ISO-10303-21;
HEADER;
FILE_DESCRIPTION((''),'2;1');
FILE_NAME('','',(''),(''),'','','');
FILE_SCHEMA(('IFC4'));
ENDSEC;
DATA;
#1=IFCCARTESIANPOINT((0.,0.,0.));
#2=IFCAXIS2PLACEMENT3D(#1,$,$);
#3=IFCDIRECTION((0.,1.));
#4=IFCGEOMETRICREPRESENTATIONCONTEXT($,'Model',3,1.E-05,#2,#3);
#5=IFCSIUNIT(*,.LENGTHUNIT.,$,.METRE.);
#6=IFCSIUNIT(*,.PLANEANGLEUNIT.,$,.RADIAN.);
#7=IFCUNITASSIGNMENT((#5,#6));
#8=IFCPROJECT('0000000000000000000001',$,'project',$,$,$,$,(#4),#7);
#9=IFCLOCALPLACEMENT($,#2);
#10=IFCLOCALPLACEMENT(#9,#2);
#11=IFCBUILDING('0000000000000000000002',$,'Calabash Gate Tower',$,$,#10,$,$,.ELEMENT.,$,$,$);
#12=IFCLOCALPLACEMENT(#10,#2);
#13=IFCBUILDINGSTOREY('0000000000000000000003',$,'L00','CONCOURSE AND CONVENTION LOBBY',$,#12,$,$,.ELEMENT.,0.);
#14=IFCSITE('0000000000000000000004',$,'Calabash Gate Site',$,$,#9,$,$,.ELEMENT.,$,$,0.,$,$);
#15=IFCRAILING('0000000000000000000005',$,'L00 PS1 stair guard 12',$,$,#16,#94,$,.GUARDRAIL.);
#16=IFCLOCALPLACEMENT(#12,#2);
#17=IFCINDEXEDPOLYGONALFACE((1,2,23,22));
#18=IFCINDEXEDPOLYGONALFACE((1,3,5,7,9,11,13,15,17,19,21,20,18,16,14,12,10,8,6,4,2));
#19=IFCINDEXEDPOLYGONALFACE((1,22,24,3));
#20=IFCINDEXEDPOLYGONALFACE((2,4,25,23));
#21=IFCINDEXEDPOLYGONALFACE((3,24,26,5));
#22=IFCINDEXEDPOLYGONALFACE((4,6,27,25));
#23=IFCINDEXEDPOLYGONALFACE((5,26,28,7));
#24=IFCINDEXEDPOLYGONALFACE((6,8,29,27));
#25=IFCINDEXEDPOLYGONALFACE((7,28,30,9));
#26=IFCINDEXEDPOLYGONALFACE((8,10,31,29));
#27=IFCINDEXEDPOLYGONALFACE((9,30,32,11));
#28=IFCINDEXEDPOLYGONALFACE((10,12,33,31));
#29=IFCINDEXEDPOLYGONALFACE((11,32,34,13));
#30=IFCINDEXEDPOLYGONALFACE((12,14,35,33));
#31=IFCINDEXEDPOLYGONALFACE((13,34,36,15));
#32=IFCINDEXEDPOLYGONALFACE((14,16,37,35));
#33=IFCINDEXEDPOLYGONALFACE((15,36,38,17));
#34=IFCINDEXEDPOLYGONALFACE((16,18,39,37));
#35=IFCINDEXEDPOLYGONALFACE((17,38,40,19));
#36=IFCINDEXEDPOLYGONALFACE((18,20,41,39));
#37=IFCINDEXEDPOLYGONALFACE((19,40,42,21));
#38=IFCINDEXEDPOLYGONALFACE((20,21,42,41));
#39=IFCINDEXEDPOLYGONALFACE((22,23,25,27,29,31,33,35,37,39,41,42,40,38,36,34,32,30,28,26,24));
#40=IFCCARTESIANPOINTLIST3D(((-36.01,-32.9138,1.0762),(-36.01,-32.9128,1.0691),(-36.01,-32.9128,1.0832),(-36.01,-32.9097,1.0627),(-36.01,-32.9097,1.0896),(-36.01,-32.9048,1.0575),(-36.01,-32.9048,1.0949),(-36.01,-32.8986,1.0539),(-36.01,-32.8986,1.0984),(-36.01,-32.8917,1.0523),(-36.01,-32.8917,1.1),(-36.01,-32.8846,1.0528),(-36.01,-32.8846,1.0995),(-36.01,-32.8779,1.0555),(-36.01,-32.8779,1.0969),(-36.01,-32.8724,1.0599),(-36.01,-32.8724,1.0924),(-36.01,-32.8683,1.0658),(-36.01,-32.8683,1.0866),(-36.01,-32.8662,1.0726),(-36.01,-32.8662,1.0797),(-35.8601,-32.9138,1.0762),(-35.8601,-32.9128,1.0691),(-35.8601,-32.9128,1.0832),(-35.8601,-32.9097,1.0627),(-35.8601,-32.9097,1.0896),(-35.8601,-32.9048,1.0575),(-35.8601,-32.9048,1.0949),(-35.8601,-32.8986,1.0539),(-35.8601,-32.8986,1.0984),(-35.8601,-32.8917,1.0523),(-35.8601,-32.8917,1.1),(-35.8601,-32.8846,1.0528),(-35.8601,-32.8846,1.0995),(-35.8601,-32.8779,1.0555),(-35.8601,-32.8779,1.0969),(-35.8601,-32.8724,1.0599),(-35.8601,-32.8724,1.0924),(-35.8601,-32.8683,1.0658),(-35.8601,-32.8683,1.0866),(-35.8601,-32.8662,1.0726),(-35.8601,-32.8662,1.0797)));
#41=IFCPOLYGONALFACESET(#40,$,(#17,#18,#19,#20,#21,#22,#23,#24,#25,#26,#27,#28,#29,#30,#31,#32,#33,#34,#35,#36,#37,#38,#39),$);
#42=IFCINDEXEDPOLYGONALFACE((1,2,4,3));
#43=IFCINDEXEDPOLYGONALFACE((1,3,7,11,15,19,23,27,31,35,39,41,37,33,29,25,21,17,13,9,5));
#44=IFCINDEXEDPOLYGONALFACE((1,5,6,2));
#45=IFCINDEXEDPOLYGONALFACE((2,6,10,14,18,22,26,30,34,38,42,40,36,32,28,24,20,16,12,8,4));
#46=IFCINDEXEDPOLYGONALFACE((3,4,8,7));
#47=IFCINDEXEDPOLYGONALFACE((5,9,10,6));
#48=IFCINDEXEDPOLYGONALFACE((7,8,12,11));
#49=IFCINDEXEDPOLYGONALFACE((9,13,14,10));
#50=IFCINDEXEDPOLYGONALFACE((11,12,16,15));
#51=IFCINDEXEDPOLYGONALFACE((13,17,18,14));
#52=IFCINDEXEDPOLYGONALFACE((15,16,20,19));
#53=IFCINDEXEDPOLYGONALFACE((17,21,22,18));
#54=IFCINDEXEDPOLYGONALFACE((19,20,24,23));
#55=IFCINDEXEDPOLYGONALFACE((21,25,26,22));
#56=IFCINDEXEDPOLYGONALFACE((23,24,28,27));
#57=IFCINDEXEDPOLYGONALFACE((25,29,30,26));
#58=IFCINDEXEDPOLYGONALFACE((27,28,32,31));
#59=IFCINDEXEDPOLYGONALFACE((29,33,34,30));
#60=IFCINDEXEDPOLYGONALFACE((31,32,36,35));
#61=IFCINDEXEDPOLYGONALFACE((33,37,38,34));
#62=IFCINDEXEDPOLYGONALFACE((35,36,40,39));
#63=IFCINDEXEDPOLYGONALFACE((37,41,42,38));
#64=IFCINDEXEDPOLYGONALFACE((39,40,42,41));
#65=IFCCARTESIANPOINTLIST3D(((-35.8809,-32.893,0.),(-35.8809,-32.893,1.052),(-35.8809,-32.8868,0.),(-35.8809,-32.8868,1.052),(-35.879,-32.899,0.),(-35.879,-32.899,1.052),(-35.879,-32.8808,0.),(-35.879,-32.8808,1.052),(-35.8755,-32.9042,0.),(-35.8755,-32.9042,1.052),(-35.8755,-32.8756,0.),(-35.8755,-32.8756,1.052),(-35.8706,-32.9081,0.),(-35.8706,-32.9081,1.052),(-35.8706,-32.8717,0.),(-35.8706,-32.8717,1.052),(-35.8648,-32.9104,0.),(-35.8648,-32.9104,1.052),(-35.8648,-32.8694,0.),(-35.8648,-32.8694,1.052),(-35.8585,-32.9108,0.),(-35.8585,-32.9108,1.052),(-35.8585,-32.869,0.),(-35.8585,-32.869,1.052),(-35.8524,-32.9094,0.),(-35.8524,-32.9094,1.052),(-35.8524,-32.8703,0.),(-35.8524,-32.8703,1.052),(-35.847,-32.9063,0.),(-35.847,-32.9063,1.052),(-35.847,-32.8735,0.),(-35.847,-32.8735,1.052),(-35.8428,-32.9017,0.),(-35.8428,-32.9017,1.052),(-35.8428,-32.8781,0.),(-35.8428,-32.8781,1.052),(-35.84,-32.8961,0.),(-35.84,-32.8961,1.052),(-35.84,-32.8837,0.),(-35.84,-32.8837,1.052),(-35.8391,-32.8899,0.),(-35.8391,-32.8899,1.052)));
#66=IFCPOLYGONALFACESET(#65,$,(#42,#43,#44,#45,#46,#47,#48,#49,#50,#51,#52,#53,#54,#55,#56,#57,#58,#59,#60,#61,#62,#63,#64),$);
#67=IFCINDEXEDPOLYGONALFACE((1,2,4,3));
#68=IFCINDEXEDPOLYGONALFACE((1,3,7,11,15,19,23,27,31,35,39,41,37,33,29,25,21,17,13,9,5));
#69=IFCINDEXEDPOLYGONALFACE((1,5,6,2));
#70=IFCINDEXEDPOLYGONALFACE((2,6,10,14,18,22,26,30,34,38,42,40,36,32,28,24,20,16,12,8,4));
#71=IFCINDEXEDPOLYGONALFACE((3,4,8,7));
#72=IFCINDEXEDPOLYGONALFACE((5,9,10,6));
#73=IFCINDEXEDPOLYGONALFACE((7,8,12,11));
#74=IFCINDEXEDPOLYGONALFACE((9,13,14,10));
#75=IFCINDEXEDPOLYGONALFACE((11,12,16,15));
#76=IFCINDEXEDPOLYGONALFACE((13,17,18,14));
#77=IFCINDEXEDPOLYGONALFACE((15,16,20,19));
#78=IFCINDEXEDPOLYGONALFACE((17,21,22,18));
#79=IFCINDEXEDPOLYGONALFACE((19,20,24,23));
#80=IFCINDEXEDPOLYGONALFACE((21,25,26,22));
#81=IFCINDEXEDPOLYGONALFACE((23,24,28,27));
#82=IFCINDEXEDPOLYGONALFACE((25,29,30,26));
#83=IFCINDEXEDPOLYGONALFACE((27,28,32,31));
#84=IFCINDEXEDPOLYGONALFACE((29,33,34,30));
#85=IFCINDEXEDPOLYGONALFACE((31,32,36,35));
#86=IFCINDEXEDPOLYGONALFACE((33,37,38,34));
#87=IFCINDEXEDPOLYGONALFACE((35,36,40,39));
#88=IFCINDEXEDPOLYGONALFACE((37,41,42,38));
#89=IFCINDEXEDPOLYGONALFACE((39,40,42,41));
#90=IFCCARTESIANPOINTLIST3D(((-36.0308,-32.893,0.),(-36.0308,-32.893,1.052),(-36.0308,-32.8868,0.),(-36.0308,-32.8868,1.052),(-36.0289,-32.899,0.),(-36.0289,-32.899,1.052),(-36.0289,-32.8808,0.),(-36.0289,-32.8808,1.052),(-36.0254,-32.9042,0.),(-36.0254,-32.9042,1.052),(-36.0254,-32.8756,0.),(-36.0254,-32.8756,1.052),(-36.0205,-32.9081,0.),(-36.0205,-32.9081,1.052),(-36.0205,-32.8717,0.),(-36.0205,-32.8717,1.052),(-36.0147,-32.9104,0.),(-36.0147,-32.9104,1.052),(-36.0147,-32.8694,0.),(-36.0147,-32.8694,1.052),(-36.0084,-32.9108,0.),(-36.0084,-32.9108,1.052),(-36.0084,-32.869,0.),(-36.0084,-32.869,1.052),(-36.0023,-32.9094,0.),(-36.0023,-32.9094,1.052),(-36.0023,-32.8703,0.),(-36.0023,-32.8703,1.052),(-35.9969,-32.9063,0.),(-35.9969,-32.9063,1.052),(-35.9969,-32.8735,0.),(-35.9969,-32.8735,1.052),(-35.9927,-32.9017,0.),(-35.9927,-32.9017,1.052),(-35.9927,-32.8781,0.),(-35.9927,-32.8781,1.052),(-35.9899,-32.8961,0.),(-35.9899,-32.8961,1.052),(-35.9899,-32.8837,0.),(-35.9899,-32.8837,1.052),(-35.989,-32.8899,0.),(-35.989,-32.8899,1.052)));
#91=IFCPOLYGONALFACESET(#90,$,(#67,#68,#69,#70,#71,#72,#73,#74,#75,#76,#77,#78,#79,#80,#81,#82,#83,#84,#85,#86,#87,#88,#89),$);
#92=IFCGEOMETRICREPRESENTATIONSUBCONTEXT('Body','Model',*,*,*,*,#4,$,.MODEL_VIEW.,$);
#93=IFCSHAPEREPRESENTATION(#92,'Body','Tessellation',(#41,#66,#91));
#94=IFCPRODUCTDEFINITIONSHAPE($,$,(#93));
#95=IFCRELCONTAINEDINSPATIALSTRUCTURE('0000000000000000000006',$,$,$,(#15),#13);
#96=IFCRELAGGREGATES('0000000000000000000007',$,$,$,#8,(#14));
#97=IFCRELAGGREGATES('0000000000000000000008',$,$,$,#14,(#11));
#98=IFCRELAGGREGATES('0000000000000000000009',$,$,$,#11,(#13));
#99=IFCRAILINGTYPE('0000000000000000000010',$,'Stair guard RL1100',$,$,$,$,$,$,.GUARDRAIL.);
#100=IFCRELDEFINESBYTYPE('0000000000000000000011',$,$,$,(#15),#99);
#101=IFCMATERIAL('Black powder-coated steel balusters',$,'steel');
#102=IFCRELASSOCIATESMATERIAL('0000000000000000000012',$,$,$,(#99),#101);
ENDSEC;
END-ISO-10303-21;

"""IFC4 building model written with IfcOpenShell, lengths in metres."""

from ifc_helpers import new_model, si_unit, direction, frame, origin, origin_2d, place, context, subcontext, project, spatial, circle, extrude, material, type_object, element, save


model = new_model("IFC4")

# Units and contexts
model_context = context("Model", 3, precision=1e-05, world=origin(), true_north=direction((0.0, 1.0)))
body_context = subcontext(model_context, "Body", "Model", "MODEL_VIEW")
ifc_project = project(units=[si_unit("LENGTHUNIT", "METRE"), si_unit("PLANEANGLEUNIT", "RADIAN")], contexts=[model_context])

# Site, building, storey
site_placement = place(None, origin())
site = spatial("IfcSite", under=ifc_project, at=site_placement, Name="Calabash Gate Site", CompositionType="ELEMENT", RefElevation=0.0)
building_placement = place(site_placement, origin())
building = spatial("IfcBuilding", under=site, at=building_placement, Name="Calabash Gate Tower", CompositionType="ELEMENT")
storey_placement = place(building_placement, origin())
storey = spatial("IfcBuildingStorey", under=building, at=storey_placement, Name="L00", Description="CONCOURSE AND CONVENTION LOBBY", CompositionType="ELEMENT", Elevation=0.0)

# Railing
ifc_material_1 = material(Name="Black powder-coated steel balusters", Category="steel")
railing_type_1 = type_object("IfcRailingType", Name="Stair guard RL1100", PredefinedType="GUARDRAIL", material=ifc_material_1)
railing_1_placement = place(storey_placement, frame((-35.8601, -32.8899, 0.0)))
element("IfcRailing", 1, at=railing_1_placement, inside=storey, type_object=railing_type_1, Name="L00 PS1 stair guard 12", PredefinedType="GUARDRAIL", context=body_context, shape_type="SweptSolid", body=[
    extrude(circle(Radius=0.0239, at=origin_2d()), frame((0.0, 0.0, 1.0762), z_axis=(-1.0, 0.0, 0.0), x_axis=(0.0, -1.0, 0.0)), (0.0, 0.0, 1.0), 0.1499),
    extrude(circle(Radius=0.021, at=origin_2d()), origin(), (0.0, 0.0, 1.0), 1.052),
    extrude(circle(Radius=0.021, at=origin_2d()), frame((-0.1499, 0.0, 0.0)), (0.0, 0.0, 1.0), 1.052),
])

save(model, "model.ifc")
